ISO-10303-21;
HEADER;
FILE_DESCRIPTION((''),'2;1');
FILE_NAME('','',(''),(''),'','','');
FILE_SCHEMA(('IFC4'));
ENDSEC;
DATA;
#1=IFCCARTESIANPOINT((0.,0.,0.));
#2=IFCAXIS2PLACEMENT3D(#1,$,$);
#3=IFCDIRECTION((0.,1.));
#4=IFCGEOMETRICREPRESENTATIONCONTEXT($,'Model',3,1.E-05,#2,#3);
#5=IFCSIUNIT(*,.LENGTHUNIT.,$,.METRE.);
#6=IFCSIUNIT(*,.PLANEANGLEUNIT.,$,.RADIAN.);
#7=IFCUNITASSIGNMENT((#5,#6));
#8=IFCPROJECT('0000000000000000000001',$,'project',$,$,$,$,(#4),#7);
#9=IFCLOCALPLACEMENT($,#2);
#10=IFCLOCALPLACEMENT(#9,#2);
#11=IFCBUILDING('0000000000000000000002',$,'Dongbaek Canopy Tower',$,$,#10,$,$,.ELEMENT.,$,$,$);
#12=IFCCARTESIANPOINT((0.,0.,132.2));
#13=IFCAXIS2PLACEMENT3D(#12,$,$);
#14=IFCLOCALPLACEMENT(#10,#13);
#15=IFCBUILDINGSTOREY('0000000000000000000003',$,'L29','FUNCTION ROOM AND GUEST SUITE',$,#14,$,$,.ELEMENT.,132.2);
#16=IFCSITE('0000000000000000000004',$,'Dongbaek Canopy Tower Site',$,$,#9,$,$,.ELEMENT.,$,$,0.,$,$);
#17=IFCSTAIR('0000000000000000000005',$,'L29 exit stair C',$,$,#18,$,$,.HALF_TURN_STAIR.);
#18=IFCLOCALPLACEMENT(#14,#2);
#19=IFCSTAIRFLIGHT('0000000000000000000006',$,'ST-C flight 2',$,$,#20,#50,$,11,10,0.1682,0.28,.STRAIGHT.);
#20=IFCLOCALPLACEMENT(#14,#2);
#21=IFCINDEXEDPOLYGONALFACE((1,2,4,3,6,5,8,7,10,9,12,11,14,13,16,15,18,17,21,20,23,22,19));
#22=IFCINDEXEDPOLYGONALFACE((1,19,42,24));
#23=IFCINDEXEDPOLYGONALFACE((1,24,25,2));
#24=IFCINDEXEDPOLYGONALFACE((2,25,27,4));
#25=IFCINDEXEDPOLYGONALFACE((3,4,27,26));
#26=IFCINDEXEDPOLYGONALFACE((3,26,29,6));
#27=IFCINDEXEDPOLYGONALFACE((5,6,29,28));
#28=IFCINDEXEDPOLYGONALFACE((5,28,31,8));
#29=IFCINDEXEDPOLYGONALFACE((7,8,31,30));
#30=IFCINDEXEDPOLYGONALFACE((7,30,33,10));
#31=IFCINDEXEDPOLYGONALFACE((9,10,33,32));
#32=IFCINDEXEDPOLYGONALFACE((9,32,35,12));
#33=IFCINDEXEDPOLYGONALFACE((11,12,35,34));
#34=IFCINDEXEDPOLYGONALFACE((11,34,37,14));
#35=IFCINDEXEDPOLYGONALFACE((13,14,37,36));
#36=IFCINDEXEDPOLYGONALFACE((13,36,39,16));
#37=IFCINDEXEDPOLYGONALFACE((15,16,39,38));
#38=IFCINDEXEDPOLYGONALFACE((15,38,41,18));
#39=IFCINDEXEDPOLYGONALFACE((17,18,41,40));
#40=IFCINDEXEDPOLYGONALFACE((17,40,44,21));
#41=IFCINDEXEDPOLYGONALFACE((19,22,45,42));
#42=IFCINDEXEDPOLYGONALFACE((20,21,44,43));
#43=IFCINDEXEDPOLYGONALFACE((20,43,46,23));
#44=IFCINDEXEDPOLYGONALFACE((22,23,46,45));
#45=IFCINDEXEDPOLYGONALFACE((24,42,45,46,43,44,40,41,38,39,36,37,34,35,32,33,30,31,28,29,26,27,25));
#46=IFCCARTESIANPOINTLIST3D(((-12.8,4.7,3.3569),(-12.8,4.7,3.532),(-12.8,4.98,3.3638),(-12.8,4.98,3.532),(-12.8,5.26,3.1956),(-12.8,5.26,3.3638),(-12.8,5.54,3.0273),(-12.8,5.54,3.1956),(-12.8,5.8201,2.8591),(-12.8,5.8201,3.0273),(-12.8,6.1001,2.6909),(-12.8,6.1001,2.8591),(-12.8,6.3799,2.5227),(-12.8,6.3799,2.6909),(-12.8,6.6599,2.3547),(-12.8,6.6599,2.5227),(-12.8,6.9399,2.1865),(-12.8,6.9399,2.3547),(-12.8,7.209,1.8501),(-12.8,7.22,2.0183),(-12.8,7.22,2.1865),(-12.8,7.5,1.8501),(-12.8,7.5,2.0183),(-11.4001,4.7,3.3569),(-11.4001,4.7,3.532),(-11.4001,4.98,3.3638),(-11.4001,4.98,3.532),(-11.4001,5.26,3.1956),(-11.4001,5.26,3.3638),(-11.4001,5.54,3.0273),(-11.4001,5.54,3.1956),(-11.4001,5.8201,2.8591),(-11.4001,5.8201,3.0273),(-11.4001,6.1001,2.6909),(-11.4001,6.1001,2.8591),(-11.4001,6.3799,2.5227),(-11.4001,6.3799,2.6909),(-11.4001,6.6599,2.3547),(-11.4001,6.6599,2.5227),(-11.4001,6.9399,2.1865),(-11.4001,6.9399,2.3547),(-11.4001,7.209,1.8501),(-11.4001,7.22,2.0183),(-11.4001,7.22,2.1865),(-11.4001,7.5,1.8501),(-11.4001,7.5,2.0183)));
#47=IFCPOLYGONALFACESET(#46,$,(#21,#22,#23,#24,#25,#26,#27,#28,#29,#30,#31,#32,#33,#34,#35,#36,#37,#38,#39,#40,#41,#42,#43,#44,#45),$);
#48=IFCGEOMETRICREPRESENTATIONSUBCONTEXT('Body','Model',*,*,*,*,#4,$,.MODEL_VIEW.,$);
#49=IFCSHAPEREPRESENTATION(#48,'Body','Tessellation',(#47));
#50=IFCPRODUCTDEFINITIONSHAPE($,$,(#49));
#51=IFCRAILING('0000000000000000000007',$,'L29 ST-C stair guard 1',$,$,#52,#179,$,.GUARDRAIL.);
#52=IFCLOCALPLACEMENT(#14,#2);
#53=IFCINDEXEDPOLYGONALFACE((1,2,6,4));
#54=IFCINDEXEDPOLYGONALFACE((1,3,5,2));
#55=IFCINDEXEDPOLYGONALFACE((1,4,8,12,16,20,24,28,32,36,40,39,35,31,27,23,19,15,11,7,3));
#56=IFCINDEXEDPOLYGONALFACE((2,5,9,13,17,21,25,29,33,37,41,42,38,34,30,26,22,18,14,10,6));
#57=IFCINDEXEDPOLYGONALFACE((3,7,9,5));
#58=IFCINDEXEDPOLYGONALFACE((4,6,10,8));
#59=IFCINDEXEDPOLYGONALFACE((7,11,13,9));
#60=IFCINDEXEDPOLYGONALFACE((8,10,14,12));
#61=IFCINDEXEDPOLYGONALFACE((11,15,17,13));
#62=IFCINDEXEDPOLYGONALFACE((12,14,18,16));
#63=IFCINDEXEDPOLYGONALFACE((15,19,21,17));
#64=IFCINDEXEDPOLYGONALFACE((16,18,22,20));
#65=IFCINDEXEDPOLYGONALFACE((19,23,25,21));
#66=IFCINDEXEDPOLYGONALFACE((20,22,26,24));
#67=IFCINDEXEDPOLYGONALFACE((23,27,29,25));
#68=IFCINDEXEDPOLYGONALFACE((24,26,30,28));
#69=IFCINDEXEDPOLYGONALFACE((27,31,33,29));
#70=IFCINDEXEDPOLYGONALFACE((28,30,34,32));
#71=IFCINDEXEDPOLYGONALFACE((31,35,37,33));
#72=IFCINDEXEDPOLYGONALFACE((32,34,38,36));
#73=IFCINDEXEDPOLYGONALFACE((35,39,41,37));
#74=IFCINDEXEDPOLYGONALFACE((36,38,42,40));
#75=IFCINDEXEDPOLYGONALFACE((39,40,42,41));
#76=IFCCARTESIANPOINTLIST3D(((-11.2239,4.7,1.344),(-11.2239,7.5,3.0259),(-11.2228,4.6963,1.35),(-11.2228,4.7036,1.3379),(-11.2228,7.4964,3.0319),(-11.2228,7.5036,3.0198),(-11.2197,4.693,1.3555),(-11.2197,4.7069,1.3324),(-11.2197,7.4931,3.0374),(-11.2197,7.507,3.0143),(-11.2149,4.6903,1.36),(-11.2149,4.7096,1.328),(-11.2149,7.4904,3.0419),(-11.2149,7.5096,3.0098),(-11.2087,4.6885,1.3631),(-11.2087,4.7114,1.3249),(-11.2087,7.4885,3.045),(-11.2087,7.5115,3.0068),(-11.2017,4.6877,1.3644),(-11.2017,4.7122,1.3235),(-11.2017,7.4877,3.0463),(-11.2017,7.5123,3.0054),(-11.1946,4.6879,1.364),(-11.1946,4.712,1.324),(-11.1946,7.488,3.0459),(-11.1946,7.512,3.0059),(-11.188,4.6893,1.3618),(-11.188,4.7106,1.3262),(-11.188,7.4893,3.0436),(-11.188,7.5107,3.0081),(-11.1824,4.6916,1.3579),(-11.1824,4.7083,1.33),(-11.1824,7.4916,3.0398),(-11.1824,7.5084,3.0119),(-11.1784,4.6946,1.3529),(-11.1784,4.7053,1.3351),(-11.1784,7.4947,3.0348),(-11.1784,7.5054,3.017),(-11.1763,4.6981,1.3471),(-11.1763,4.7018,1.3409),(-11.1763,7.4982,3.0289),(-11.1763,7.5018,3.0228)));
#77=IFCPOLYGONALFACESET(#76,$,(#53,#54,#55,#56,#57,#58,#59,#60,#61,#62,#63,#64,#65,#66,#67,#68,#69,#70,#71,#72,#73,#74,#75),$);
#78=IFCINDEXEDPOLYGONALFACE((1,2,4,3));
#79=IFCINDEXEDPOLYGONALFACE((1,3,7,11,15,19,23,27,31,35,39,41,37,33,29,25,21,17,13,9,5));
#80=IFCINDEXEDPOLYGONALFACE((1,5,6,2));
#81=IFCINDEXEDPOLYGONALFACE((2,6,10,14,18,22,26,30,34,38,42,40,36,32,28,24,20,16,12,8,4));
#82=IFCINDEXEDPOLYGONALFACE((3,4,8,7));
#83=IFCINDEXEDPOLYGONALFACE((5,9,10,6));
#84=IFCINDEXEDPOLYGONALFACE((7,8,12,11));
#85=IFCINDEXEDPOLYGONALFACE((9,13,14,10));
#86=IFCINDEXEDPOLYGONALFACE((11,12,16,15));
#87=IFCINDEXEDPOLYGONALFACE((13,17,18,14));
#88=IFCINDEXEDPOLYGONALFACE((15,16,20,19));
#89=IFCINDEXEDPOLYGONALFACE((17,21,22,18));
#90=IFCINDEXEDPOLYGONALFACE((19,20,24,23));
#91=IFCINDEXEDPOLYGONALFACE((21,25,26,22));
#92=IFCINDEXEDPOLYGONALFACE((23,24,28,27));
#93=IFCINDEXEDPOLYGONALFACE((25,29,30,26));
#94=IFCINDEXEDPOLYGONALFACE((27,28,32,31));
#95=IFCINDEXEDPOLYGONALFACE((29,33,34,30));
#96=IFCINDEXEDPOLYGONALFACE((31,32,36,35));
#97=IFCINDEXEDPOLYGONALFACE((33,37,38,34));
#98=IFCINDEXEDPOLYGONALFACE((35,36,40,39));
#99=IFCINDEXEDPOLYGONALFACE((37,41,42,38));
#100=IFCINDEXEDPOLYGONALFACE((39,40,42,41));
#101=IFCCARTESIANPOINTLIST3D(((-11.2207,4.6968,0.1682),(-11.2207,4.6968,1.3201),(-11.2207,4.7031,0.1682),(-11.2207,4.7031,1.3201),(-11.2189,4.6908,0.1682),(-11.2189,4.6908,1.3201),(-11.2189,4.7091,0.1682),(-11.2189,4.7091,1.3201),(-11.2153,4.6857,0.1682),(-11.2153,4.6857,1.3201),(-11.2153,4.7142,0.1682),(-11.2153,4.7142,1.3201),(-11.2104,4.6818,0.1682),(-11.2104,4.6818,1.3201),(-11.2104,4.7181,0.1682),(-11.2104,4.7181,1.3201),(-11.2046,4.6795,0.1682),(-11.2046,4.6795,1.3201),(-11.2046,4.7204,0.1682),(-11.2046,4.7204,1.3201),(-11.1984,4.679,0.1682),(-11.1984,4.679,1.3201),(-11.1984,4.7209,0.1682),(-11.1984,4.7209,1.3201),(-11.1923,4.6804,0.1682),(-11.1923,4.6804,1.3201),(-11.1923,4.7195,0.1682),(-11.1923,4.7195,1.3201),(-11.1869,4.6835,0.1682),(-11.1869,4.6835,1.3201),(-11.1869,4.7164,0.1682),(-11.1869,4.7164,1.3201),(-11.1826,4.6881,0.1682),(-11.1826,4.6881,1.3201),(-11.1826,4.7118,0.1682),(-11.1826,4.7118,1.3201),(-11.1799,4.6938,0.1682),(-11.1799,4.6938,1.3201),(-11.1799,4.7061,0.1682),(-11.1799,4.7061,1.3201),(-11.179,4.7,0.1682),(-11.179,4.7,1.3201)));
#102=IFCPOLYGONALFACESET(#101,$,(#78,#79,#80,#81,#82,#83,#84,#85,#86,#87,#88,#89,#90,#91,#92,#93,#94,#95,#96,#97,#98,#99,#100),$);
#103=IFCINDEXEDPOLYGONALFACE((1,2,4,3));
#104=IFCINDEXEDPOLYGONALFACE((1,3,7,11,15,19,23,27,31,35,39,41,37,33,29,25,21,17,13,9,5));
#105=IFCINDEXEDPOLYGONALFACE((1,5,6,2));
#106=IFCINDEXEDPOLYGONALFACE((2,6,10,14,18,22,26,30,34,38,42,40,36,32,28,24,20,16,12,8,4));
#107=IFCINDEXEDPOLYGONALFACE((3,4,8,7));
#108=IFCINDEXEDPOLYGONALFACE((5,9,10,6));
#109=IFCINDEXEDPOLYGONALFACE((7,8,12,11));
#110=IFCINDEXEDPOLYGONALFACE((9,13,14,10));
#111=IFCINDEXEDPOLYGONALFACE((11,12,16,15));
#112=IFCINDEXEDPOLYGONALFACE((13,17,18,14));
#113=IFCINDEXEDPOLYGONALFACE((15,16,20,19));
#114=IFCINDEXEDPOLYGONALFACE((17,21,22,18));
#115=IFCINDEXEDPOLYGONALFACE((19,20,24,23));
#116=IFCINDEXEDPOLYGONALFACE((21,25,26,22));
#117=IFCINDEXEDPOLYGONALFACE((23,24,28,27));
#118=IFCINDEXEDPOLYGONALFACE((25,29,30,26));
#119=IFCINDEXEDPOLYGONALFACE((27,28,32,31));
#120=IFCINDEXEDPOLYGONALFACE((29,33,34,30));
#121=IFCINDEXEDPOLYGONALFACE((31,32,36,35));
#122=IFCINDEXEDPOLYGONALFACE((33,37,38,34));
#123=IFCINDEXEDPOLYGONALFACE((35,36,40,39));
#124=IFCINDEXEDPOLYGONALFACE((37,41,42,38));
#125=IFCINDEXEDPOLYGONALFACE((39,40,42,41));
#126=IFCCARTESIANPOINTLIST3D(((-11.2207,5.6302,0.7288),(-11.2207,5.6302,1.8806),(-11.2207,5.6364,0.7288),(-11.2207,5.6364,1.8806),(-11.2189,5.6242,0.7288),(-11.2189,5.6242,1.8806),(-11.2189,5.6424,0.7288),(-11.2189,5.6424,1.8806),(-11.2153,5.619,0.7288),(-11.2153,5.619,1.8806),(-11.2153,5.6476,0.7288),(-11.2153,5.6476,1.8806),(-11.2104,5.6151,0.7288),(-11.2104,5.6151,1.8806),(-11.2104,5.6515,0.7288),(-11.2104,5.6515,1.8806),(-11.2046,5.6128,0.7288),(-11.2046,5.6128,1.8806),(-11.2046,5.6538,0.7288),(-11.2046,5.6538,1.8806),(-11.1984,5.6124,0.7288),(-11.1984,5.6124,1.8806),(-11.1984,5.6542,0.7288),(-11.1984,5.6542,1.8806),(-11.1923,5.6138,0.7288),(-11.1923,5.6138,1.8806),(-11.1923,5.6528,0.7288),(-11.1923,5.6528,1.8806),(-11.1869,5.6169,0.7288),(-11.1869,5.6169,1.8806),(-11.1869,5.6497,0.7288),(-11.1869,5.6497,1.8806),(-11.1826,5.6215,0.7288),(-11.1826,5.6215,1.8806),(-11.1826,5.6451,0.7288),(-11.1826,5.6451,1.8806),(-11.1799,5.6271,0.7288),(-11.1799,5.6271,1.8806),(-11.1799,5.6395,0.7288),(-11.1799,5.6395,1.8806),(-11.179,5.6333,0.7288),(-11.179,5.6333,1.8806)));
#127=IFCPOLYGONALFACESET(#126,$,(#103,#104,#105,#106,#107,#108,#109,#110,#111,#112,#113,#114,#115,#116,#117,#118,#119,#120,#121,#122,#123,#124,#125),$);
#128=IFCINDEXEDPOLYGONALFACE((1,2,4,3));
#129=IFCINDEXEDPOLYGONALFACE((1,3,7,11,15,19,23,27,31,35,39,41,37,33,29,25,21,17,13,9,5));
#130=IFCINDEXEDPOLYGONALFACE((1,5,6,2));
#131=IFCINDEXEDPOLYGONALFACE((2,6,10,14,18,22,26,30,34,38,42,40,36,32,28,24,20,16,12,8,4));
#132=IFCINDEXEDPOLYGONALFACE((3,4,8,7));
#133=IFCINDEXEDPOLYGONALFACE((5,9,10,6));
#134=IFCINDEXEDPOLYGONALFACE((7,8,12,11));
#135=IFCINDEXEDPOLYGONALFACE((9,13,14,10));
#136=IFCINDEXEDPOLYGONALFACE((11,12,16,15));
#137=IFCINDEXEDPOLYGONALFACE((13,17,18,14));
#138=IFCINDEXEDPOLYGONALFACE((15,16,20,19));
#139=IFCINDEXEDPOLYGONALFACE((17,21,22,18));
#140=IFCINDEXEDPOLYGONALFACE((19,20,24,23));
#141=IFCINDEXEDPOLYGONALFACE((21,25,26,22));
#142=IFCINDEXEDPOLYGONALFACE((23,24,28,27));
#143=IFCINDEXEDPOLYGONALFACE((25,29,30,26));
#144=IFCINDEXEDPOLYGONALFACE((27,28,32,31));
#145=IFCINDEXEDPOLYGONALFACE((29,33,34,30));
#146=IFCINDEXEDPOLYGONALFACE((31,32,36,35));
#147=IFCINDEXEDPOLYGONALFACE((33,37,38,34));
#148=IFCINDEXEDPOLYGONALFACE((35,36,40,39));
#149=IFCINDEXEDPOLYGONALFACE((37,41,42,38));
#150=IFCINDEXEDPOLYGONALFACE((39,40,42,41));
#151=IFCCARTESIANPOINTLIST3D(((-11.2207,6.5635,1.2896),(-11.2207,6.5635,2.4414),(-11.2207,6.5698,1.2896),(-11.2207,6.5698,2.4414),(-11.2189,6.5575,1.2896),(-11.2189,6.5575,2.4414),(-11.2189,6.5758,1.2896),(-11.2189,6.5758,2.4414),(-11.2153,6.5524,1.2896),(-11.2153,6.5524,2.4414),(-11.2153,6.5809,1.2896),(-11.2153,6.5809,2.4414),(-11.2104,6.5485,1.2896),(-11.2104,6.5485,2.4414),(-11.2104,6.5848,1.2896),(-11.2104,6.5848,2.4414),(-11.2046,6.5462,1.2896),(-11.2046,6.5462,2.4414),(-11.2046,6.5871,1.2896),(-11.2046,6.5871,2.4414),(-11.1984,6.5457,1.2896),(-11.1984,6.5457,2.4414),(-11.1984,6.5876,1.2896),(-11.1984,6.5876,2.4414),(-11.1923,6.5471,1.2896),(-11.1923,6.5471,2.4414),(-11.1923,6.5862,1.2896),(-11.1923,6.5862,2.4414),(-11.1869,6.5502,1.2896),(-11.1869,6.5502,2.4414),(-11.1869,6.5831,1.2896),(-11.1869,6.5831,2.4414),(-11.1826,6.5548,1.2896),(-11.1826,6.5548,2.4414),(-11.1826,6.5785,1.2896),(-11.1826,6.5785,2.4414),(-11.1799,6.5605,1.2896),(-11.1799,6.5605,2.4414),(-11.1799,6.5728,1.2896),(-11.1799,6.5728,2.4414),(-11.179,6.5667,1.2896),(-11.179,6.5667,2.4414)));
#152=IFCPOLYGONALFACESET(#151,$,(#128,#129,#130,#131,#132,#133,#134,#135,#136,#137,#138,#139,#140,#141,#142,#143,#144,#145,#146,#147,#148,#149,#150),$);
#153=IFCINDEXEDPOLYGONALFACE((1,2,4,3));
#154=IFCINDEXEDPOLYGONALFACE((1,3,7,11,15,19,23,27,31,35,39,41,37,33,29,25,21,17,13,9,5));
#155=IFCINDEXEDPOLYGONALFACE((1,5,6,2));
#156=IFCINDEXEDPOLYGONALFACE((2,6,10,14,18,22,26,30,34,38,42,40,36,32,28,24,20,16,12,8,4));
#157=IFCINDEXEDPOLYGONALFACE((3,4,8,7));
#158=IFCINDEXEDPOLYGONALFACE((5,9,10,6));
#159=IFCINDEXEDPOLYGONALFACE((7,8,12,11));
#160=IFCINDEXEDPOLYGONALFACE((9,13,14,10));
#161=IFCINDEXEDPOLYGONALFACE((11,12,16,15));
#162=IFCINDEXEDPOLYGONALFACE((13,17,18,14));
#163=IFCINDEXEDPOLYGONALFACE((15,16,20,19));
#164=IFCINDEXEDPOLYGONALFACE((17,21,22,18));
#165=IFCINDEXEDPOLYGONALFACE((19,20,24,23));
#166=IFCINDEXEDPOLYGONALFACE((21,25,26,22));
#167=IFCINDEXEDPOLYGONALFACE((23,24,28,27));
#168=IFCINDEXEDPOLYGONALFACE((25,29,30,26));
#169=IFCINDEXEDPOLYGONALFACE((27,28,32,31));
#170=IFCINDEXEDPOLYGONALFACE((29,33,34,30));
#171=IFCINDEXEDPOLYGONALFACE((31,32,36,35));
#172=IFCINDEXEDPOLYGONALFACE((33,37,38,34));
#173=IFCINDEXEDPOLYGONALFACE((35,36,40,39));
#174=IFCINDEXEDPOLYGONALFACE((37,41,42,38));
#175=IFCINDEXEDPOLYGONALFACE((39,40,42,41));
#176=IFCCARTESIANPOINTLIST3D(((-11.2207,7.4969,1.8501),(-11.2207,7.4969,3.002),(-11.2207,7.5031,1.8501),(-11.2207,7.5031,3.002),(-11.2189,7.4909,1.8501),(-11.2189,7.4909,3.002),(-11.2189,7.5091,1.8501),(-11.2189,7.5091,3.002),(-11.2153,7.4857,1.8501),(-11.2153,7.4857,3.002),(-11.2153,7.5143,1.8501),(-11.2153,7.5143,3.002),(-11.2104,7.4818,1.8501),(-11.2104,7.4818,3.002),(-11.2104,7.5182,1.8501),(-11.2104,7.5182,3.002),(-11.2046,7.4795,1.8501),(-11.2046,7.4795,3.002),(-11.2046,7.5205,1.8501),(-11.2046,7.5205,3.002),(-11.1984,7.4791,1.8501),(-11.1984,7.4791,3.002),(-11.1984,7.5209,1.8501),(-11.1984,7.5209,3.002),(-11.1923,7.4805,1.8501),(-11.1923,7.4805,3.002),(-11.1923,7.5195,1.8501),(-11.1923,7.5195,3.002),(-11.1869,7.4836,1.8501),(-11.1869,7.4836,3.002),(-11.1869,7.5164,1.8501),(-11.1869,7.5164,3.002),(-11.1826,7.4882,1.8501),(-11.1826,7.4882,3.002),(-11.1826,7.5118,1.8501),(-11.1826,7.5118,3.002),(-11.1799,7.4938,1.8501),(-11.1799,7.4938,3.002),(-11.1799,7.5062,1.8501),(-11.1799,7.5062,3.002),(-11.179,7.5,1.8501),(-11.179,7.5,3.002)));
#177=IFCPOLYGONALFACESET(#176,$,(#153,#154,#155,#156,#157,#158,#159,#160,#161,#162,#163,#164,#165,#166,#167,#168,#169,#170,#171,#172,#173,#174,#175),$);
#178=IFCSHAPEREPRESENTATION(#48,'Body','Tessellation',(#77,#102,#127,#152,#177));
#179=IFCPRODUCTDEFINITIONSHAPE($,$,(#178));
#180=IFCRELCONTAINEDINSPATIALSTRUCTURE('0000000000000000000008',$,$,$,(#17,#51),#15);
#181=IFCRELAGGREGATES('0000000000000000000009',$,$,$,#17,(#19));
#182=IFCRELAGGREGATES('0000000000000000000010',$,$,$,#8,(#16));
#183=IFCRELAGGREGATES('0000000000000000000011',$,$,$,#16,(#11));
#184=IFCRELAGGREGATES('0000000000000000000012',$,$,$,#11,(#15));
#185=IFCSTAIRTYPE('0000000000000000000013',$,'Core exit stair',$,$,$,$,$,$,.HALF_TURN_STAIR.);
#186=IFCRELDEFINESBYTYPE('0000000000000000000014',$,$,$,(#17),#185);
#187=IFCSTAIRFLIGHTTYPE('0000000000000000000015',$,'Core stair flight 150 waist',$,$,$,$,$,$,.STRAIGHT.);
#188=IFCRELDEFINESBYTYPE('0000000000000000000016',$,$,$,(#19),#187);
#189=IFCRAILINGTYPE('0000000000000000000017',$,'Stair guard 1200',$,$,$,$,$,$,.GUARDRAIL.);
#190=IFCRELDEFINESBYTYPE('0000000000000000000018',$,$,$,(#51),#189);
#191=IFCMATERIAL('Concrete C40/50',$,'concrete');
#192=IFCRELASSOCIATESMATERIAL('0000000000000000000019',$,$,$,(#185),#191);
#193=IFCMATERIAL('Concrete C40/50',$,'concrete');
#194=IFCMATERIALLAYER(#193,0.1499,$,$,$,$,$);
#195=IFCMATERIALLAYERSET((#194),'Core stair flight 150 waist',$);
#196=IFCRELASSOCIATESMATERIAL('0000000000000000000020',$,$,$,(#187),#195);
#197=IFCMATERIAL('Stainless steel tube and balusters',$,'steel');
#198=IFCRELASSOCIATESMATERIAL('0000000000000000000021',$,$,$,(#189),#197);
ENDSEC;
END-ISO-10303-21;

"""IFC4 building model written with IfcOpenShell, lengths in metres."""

from ifc_helpers import new_model, si_unit, direction, frame, origin, origin_2d, place, context, subcontext, project, spatial, polyline, circle, outline, extrude, material, layer, layer_set, type_object, element, aggregate, save


model = new_model("IFC4")

# Units and contexts
model_context = context("Model", 3, precision=1e-05, world=origin(), true_north=direction((0.0, 1.0)))
body_context = subcontext(model_context, "Body", "Model", "MODEL_VIEW")
ifc_project = project(units=[si_unit("LENGTHUNIT", "METRE"), si_unit("PLANEANGLEUNIT", "RADIAN")], contexts=[model_context])

# Site, building, storey
site_placement = place(None, origin())
site = spatial("IfcSite", under=ifc_project, at=site_placement, Name="Dongbaek Canopy Tower Site", CompositionType="ELEMENT", RefElevation=0.0)
building_placement = place(site_placement, origin())
building = spatial("IfcBuilding", under=site, at=building_placement, Name="Dongbaek Canopy Tower", CompositionType="ELEMENT")
storey_placement = place(building_placement, frame((0.0, 0.0, 132.2)))
storey = spatial("IfcBuildingStorey", under=building, at=storey_placement, Name="L29", Description="FUNCTION ROOM AND GUEST SUITE", CompositionType="ELEMENT", Elevation=132.2)

# Stair, stair flight
ifc_material_1 = material(Name="Concrete C40/50", Category="concrete")
stair_type = type_object("IfcStairType", Name="Core exit stair", PredefinedType="HALF_TURN_STAIR", material=ifc_material_1)
stair_placement = place(storey_placement, origin())
stair = element("IfcStair", 1, at=stair_placement, inside=storey, type_object=stair_type, Name="L29 exit stair C", PredefinedType="HALF_TURN_STAIR")
ifc_material_2 = material(Name="Concrete C40/50", Category="concrete")
ifc_layer_1 = layer(ifc_material_2, 0.1499)
ifc_layer_set_1 = layer_set([ifc_layer_1], Name="Core stair flight 150 waist")
stair_flight_type = type_object("IfcStairFlightType", Name="Core stair flight 150 waist", PredefinedType="STRAIGHT", material=ifc_layer_set_1)
stair_flight_1_placement = place(storey_placement, frame((-12.1001, 7.5, 1.8501), z_axis=(0.0, 0.0, 1.0), x_axis=(0.0, -1.0, 0.0)))
stair_flight_1 = element("IfcStairFlight", 2, at=stair_flight_1_placement, type_object=stair_flight_type, Name="ST-C flight 2", NumberOfRisers=11, NumberOfTreads=10, PredefinedType="STRAIGHT", RiserHeight=0.1682, TreadLength=0.28, context=body_context, shape_type="SweptSolid", body=[
    extrude(outline(polyline([(0.0, 0.0), (0.0, 0.1682), (0.28, 0.1682), (0.28, 0.3364), (0.5601, 0.3364), (0.5601, 0.5046), (0.8401, 0.5046), (0.8401, 0.6726), (1.1201, 0.6726), (1.1201, 0.8408), (1.3999, 0.8408), (1.3999, 1.009), (1.6799, 1.009), (1.6799, 1.1772), (1.96, 1.1772), (1.96, 1.3455), (2.24, 1.3455), (2.24, 1.5137), (2.52, 1.5137), (2.52, 1.6819), (2.8, 1.6819), (2.8, 1.8501), (2.8, 1.5068), (0.291, 0.0), (0.0, 0.0)])), frame((0.0, 0.7, 0.0), z_axis=(0.0, -1.0, 0.0), x_axis=(1.0, 0.0, 0.0)), (0.0, 0.0, 1.0), 1.3999),
])
aggregate(stair, [stair_flight_1])

# Railing
ifc_material_3 = material(Name="Stainless steel tube and balusters", Category="steel")
railing_type_1 = type_object("IfcRailingType", Name="Stair guard 1200", PredefinedType="GUARDRAIL", material=ifc_material_3)
railing_1_placement = place(storey_placement, frame((-11.2, 4.7, 0.1682)))
element("IfcRailing", 3, at=railing_1_placement, inside=storey, type_object=railing_type_1, Name="L29 ST-C stair guard 1", PredefinedType="GUARDRAIL", context=body_context, shape_type="SweptSolid", body=[
    extrude(circle(Radius=0.0239, at=origin_2d()), frame((0.0, 0.0, 1.1758), z_axis=(0.0, 0.857242, 0.514913), x_axis=(-1.0, 0.0, 0.0)), (0.0, 0.0, 1.0), 3.2664),
    extrude(circle(Radius=0.021, at=origin_2d()), origin(), (0.0, 0.0, 1.0), 1.1519),
    extrude(circle(Radius=0.021, at=origin_2d()), frame((0.0, 0.9333, 0.5605)), (0.0, 0.0, 1.0), 1.1519),
    extrude(circle(Radius=0.021, at=origin_2d()), frame((0.0, 1.8667, 1.1213)), (0.0, 0.0, 1.0), 1.1519),
    extrude(circle(Radius=0.021, at=origin_2d()), frame((0.0, 2.8, 1.6819)), (0.0, 0.0, 1.0), 1.1519),
])

save(model, "model.ifc")
